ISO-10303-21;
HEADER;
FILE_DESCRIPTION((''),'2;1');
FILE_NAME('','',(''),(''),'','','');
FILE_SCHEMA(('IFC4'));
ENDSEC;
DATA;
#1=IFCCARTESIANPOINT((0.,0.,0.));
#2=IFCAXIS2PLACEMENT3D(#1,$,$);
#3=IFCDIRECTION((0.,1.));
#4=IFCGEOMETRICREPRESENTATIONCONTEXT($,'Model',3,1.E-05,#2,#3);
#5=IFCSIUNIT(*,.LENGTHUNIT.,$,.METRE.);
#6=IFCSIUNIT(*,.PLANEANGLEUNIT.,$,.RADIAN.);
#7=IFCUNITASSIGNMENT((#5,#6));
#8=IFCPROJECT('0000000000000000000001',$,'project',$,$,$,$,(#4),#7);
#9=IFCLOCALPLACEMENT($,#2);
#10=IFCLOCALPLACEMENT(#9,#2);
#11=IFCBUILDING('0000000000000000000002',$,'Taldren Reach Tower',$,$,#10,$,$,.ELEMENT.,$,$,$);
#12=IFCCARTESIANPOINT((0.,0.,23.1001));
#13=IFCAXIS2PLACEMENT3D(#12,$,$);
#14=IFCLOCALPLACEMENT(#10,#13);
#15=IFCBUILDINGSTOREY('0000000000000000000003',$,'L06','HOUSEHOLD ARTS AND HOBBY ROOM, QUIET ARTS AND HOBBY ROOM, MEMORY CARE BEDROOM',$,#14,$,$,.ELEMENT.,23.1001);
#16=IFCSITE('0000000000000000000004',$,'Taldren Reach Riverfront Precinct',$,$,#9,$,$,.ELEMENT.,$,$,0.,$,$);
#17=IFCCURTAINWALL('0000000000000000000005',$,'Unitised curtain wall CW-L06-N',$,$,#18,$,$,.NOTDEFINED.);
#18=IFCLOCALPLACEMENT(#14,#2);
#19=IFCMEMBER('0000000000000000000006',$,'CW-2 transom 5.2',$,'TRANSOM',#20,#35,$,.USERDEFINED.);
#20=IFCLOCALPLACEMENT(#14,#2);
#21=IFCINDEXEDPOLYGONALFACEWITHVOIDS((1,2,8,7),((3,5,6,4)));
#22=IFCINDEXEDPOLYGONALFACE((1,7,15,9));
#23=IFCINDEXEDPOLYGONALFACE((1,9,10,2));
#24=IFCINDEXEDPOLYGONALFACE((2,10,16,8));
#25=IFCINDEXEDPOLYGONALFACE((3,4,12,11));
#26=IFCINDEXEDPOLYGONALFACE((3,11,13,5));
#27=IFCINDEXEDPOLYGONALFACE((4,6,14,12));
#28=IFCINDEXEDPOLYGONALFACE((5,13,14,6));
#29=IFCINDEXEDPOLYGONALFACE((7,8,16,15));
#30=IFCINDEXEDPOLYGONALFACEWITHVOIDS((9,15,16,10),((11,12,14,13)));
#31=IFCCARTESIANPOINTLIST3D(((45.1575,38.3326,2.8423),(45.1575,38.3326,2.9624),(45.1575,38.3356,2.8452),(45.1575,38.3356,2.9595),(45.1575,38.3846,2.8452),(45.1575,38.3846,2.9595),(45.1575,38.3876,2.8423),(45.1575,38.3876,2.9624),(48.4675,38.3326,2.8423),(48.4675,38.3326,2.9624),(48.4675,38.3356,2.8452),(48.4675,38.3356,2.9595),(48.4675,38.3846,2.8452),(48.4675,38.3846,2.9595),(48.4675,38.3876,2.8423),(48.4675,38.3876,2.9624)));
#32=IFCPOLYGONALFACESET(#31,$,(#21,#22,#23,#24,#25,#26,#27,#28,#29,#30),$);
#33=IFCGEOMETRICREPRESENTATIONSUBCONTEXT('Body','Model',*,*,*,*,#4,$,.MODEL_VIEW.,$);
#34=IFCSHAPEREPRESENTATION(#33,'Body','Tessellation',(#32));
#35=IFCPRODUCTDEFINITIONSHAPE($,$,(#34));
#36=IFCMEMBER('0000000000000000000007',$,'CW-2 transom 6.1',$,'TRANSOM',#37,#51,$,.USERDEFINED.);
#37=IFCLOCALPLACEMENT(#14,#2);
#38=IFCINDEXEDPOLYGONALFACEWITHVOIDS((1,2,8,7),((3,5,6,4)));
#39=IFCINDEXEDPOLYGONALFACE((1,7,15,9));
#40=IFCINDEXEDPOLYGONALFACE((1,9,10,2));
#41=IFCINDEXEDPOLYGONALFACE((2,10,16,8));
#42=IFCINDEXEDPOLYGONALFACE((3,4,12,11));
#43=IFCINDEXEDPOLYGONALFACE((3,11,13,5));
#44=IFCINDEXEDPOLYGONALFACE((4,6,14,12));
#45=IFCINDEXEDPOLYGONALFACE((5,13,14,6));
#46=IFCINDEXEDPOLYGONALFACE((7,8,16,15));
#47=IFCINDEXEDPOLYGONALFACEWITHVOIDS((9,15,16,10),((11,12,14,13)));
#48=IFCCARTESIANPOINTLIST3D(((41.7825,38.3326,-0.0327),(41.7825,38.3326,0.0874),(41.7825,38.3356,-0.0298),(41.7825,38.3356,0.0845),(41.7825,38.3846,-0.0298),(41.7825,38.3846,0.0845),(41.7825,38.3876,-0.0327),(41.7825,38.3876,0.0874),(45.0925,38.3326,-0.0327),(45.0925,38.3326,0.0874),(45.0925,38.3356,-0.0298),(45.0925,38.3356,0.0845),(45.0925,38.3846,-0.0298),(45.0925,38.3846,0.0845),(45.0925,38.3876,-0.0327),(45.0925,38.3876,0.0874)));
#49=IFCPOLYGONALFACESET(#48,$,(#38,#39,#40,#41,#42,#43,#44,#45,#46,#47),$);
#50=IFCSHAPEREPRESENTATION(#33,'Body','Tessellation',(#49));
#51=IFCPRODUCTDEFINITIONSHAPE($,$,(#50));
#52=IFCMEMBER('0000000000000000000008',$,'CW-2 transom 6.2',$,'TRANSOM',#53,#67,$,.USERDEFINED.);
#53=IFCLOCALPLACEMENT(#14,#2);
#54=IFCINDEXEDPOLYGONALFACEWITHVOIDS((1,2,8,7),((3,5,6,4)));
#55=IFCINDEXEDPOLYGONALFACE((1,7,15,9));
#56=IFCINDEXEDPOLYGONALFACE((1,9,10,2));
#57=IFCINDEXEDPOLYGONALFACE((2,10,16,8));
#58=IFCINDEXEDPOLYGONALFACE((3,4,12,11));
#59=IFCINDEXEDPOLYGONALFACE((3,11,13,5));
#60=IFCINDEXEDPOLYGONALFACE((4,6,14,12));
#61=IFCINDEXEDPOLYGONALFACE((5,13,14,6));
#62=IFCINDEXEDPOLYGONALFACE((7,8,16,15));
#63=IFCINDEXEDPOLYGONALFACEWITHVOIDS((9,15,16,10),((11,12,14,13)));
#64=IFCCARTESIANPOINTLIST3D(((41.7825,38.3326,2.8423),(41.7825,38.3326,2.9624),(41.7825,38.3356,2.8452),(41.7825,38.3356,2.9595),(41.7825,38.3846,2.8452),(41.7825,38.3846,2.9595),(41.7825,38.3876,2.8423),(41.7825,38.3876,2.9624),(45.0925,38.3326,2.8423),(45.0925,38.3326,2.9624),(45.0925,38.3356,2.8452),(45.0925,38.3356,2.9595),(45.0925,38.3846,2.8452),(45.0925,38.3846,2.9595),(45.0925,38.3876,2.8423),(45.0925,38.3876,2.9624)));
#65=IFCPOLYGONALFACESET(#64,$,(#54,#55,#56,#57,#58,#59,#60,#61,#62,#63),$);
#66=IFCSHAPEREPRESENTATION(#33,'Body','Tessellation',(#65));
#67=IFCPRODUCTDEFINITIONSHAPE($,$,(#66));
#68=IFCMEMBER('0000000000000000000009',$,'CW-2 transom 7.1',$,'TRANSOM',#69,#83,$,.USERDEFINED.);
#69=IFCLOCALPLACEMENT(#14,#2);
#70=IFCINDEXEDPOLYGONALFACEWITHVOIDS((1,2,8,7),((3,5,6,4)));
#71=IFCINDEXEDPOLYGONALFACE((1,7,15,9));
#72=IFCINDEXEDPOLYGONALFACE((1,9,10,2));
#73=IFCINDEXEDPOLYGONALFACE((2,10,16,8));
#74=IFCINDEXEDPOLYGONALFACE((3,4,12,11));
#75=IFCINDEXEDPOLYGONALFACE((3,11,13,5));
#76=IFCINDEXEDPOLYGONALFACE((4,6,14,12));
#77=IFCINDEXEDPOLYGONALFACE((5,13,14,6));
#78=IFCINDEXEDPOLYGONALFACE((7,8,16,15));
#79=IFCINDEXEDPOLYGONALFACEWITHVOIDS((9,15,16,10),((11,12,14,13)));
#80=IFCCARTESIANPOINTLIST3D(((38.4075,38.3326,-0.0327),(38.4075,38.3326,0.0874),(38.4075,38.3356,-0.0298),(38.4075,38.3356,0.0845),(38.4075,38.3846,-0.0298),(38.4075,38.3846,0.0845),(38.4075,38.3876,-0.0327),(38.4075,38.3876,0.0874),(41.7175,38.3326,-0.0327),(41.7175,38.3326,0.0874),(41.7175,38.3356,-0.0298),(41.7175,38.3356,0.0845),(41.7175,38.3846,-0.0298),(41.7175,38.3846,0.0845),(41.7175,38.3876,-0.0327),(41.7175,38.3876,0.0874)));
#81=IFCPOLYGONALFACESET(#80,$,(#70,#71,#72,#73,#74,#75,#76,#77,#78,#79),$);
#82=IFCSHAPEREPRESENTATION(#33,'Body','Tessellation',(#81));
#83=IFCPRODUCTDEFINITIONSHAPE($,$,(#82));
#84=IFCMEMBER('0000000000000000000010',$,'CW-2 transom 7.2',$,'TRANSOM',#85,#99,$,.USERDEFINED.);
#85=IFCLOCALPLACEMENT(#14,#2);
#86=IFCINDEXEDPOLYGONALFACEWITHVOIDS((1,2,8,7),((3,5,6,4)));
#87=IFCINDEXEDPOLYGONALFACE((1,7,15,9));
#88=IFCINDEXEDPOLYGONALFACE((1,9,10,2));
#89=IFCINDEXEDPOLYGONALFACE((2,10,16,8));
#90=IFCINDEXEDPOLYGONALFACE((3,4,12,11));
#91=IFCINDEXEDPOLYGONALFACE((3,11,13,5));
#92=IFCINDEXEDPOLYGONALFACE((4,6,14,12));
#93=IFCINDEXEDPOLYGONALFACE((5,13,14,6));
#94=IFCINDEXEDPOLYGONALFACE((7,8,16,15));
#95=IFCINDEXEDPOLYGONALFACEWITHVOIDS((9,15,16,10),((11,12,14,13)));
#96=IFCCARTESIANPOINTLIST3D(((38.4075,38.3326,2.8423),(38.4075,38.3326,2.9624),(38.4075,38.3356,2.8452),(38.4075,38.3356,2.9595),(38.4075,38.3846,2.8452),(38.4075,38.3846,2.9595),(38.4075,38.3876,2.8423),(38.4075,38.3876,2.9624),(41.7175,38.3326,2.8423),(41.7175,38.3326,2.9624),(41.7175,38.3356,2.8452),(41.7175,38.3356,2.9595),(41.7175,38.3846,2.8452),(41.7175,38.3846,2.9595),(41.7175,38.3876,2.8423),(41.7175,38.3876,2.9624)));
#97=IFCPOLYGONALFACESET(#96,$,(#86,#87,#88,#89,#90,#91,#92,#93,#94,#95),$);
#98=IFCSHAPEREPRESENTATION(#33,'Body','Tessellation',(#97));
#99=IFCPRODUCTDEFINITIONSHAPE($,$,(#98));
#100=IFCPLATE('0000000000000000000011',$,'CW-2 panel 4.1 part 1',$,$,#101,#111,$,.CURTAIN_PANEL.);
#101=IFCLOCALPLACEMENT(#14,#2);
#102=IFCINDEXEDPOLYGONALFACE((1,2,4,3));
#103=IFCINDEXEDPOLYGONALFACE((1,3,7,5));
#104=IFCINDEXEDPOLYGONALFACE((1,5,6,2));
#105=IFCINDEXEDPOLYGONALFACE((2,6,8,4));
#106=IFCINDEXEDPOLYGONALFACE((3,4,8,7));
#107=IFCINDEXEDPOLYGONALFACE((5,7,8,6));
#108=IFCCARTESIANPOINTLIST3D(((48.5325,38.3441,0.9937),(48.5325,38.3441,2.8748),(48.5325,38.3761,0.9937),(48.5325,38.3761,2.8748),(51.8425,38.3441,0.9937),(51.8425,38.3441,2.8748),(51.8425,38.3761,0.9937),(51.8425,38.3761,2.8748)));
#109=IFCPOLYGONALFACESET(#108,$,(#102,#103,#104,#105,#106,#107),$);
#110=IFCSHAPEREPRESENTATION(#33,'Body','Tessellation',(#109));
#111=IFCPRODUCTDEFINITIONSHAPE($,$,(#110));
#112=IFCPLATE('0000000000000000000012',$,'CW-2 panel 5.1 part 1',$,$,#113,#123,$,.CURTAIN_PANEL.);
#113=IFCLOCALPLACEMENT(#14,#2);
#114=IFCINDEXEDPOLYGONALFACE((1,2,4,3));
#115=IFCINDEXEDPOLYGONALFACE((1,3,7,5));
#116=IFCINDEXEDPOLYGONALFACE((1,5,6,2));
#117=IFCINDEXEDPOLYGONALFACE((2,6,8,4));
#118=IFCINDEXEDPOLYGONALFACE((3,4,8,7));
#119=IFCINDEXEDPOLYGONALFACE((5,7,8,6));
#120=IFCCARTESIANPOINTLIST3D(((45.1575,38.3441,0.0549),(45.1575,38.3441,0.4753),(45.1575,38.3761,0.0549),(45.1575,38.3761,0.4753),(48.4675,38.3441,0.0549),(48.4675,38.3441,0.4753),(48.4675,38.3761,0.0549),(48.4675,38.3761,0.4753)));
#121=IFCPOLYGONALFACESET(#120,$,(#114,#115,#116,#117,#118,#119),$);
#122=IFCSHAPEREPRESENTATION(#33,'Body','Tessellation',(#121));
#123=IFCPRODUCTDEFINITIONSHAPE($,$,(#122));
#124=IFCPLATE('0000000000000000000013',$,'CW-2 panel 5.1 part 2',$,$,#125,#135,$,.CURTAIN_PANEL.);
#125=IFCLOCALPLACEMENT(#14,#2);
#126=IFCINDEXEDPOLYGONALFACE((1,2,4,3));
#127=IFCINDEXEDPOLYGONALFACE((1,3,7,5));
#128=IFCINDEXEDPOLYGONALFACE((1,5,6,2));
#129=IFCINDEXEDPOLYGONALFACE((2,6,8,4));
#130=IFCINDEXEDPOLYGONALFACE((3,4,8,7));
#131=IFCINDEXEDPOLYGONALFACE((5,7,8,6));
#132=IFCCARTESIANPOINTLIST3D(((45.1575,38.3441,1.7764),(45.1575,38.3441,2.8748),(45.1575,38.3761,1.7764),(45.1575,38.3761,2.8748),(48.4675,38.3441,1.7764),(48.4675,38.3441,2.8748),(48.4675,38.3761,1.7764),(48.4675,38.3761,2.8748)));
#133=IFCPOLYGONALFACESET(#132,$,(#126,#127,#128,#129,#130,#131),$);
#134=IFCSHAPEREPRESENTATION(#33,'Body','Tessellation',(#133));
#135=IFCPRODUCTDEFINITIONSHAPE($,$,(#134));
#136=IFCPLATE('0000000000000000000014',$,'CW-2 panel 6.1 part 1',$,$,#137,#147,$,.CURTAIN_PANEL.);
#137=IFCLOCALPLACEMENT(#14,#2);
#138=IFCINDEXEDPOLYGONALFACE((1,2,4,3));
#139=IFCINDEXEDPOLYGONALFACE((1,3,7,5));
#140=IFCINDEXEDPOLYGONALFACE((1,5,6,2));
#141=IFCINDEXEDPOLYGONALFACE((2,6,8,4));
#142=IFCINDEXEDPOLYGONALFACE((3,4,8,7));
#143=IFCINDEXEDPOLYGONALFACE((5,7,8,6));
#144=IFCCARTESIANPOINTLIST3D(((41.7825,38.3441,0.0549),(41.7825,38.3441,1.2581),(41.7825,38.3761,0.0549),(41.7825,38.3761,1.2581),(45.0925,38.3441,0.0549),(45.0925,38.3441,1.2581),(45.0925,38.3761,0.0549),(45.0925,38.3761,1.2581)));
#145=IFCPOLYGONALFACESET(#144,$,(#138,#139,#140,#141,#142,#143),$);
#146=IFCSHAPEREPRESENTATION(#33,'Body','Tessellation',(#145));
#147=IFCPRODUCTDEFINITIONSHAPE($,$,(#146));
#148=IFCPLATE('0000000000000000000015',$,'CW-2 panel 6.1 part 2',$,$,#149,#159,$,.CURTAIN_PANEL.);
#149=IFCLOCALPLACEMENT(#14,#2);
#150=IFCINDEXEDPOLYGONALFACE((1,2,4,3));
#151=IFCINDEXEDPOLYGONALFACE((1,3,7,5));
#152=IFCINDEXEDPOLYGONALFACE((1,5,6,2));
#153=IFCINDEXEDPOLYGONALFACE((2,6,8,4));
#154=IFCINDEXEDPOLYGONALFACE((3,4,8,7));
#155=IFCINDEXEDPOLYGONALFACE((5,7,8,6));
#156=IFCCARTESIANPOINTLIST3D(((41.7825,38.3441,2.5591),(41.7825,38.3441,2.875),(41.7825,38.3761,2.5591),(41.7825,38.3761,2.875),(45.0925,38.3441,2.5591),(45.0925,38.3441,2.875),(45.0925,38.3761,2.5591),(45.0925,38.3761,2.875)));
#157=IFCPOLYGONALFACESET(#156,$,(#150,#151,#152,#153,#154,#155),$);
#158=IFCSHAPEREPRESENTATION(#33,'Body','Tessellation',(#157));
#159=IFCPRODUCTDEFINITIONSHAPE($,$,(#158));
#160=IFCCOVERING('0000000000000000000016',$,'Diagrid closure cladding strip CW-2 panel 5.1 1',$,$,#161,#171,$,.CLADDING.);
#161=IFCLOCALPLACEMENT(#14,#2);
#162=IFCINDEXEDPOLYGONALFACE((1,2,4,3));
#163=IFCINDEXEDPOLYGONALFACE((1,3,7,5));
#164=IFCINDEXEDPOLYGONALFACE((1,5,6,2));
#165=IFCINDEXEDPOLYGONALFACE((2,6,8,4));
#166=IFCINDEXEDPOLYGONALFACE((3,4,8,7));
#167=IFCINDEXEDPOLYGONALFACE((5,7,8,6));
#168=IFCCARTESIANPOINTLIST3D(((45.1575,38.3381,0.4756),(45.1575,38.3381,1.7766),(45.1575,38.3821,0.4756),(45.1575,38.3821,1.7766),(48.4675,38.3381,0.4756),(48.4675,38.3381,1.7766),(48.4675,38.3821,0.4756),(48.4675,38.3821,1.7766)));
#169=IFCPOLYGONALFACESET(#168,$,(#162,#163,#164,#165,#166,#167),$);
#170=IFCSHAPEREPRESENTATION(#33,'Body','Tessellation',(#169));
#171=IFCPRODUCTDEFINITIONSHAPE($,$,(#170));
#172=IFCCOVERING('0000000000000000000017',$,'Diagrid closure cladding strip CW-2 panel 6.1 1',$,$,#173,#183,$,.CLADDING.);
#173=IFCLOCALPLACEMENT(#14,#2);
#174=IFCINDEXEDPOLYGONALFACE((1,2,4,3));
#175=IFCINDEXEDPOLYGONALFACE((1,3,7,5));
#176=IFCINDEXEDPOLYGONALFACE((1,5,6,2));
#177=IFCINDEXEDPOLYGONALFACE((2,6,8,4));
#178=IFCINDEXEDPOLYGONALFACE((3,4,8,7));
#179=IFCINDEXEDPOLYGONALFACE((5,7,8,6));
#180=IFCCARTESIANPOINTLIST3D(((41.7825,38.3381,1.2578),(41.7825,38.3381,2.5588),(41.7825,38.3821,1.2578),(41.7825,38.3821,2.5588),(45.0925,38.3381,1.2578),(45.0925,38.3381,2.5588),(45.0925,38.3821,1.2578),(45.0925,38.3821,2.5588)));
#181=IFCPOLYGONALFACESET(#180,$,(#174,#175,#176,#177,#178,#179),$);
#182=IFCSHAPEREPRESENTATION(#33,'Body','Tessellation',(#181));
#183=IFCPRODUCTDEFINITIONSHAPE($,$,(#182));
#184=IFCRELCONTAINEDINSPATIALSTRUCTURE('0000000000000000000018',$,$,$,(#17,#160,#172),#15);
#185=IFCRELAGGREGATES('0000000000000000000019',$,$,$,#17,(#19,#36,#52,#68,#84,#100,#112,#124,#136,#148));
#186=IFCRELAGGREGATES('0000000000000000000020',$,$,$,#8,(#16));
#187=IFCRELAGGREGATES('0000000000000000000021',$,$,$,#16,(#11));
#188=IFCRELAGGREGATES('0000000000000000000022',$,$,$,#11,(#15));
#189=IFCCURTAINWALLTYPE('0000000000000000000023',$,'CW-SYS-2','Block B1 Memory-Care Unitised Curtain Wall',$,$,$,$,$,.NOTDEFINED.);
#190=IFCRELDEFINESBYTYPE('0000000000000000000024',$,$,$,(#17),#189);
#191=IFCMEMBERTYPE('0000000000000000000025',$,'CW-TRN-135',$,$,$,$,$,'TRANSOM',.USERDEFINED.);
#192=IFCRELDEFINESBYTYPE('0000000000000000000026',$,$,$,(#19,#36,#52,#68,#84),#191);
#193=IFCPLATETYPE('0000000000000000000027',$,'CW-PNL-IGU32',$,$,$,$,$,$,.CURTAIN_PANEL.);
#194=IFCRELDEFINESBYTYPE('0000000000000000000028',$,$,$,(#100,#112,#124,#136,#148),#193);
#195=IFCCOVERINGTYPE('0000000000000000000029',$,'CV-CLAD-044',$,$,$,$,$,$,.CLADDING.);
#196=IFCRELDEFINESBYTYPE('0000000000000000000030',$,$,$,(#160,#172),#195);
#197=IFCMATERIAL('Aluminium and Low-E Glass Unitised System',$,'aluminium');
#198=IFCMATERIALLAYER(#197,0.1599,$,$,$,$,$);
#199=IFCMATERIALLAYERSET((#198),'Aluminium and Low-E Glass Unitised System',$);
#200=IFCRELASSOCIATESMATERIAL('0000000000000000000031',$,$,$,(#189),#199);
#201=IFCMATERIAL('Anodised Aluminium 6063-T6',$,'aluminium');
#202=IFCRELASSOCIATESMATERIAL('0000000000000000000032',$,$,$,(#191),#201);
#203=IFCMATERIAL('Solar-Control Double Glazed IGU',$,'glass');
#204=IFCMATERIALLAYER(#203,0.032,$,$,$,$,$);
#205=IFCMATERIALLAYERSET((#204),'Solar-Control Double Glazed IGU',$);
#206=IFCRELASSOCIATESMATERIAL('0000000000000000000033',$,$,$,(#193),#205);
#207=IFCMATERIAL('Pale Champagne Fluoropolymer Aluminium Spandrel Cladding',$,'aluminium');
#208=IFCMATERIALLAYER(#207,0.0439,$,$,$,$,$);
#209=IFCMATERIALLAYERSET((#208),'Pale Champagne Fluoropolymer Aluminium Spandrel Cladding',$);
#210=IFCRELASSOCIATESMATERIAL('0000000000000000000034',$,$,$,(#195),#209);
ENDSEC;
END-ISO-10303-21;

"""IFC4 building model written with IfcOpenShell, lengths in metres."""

from ifc_helpers import new_model, si_unit, direction, frame, origin, origin_2d, place, context, subcontext, project, spatial, rectangle, hollow_rectangle, extrude, source, transform, mapped, material, layer, layer_set, material_profile, profile_set, type_object, element, aggregate, save


model = new_model("IFC4")

# Units and contexts
model_context = context("Model", 3, precision=1e-05, world=origin(), true_north=direction((0.0, 1.0)))
body_context = subcontext(model_context, "Body", "Model", "MODEL_VIEW")
ifc_project = project(units=[si_unit("LENGTHUNIT", "METRE"), si_unit("PLANEANGLEUNIT", "RADIAN")], contexts=[model_context])

# Site, building, storey
site_placement = place(None, origin())
site = spatial("IfcSite", under=ifc_project, at=site_placement, Name="Taldren Reach Riverfront Precinct", CompositionType="ELEMENT", RefElevation=0.0)
building_placement = place(site_placement, origin())
building = spatial("IfcBuilding", under=site, at=building_placement, Name="Taldren Reach Tower", CompositionType="ELEMENT")
storey_placement = place(building_placement, frame((0.0, 0.0, 23.1001)))
storey = spatial("IfcBuildingStorey", under=building, at=storey_placement, Name="L06", Description="HOUSEHOLD ARTS AND HOBBY ROOM, QUIET ARTS AND HOBBY ROOM, MEMORY CARE BEDROOM", CompositionType="ELEMENT", Elevation=23.1001)

# Curtain wall, members, plates
ifc_material_1 = material(Name="Aluminium and Low-E Glass Unitised System", Category="aluminium")
ifc_layer_1 = layer(ifc_material_1, 0.1599)
ifc_layer_set_1 = layer_set([ifc_layer_1], Name="Aluminium and Low-E Glass Unitised System")
curtain_wall_type = type_object("IfcCurtainWallType", Name="CW-SYS-2", Description="Block B1 Memory-Care Unitised Curtain Wall", PredefinedType="NOTDEFINED", material=ifc_layer_set_1)
curtain_wall_placement = place(storey_placement, origin())
curtain_wall = element("IfcCurtainWall", 1, at=curtain_wall_placement, inside=storey, type_object=curtain_wall_type, Name="Unitised curtain wall CW-L06-N", PredefinedType="NOTDEFINED")
ifc_material_2 = material(Name="Anodised Aluminium 6063-T6", Category="aluminium")
ifc_material_profile_1 = material_profile(ifc_material_2, hollow_rectangle(XDim=0.0549, YDim=0.1201, WallThickness=0.0029, at=origin_2d()), Name="ALU-120x55x3RHS")
ifc_profile_set_1 = profile_set([ifc_material_profile_1], Name="Anodised Aluminium 6063-T6")
member_type_1 = type_object("IfcMemberType", Name="CW-TRN-135", ElementType="TRANSOM", PredefinedType="USERDEFINED", material=ifc_profile_set_1)
shared_shape_1 = source(origin(), body_context, "Body", "SweptSolid", [
    extrude(hollow_rectangle(XDim=0.0549, YDim=0.1201, WallThickness=0.0029, at=origin_2d()), origin(), (0.0, 0.0, 1.0), 3.3101),
])
member_1_placement = place(storey_placement, frame((48.4675, 38.3601, 2.9023), z_axis=(-1.0, 0.0, 0.0), x_axis=(0.0, -1.0, 0.0)))
member_1 = element("IfcMember", 2, at=member_1_placement, type_object=member_type_1, Name="CW-2 transom 5.2", ObjectType="TRANSOM", PredefinedType="USERDEFINED", context=body_context, shape_type="MappedRepresentation", body=[
    mapped(shared_shape_1, transform((0.0, 0.0, 0.0), scale=1.0)),
])
member_2_placement = place(storey_placement, frame((45.0925, 38.3601, 0.0273), z_axis=(-1.0, 0.0, 0.0), x_axis=(0.0, -1.0, 0.0)))
member_2 = element("IfcMember", 3, at=member_2_placement, type_object=member_type_1, Name="CW-2 transom 6.1", ObjectType="TRANSOM", PredefinedType="USERDEFINED", context=body_context, shape_type="MappedRepresentation", body=[
    mapped(shared_shape_1, transform((0.0, 0.0, 0.0), scale=1.0)),
])
member_3_placement = place(storey_placement, frame((45.0925, 38.3601, 2.9023), z_axis=(-1.0, 0.0, 0.0), x_axis=(0.0, -1.0, 0.0)))
member_3 = element("IfcMember", 4, at=member_3_placement, type_object=member_type_1, Name="CW-2 transom 6.2", ObjectType="TRANSOM", PredefinedType="USERDEFINED", context=body_context, shape_type="MappedRepresentation", body=[
    mapped(shared_shape_1, transform((0.0, 0.0, 0.0), scale=1.0)),
])
member_4_placement = place(storey_placement, frame((41.7175, 38.3601, 0.0273), z_axis=(-1.0, 0.0, 0.0), x_axis=(0.0, -1.0, 0.0)))
member_4 = element("IfcMember", 5, at=member_4_placement, type_object=member_type_1, Name="CW-2 transom 7.1", ObjectType="TRANSOM", PredefinedType="USERDEFINED", context=body_context, shape_type="MappedRepresentation", body=[
    mapped(shared_shape_1, transform((0.0, 0.0, 0.0), scale=1.0)),
])
member_5_placement = place(storey_placement, frame((41.7175, 38.3601, 2.9023), z_axis=(-1.0, 0.0, 0.0), x_axis=(0.0, -1.0, 0.0)))
member_5 = element("IfcMember", 6, at=member_5_placement, type_object=member_type_1, Name="CW-2 transom 7.2", ObjectType="TRANSOM", PredefinedType="USERDEFINED", context=body_context, shape_type="MappedRepresentation", body=[
    mapped(shared_shape_1, transform((0.0, 0.0, 0.0), scale=1.0)),
])
ifc_material_3 = material(Name="Solar-Control Double Glazed IGU", Category="glass")
ifc_layer_2 = layer(ifc_material_3, 0.032)
ifc_layer_set_2 = layer_set([ifc_layer_2], Name="Solar-Control Double Glazed IGU")
plate_type = type_object("IfcPlateType", Name="CW-PNL-IGU32", PredefinedType="CURTAIN_PANEL", material=ifc_layer_set_2)
shared_shape_2 = source(origin(), body_context, "Body", "SweptSolid", [
    extrude(rectangle(XDim=3.3101, YDim=0.032, at=origin_2d()), origin(), (0.0, 0.0, 1.0), 1.8811),
])
plate_1_placement = place(storey_placement, frame((50.1875, 38.3601, 0.9937), z_axis=(0.0, 0.0, 1.0), x_axis=(-1.0, 0.0, 0.0)))
plate_1 = element("IfcPlate", 7, at=plate_1_placement, type_object=plate_type, Name="CW-2 panel 4.1 part 1", PredefinedType="CURTAIN_PANEL", context=body_context, shape_type="MappedRepresentation", body=[
    mapped(shared_shape_2, transform((0.0, 0.0, 0.0), scale=1.0)),
])
shared_shape_3 = source(origin(), body_context, "Body", "SweptSolid", [
    extrude(rectangle(XDim=3.3101, YDim=0.032, at=origin_2d()), origin(), (0.0, 0.0, 1.0), 0.4204),
])
plate_2_placement = place(storey_placement, frame((46.8125, 38.3601, 0.0549), z_axis=(0.0, 0.0, 1.0), x_axis=(-1.0, 0.0, 0.0)))
plate_2 = element("IfcPlate", 8, at=plate_2_placement, type_object=plate_type, Name="CW-2 panel 5.1 part 1", PredefinedType="CURTAIN_PANEL", context=body_context, shape_type="MappedRepresentation", body=[
    mapped(shared_shape_3, transform((0.0, 0.0, 0.0), scale=1.0)),
])
shared_shape_4 = source(origin(), body_context, "Body", "SweptSolid", [
    extrude(rectangle(XDim=3.3101, YDim=0.032, at=origin_2d()), origin(), (0.0, 0.0, 1.0), 1.0984),
])
plate_3_placement = place(storey_placement, frame((46.8125, 38.3601, 1.7764), z_axis=(0.0, 0.0, 1.0), x_axis=(-1.0, 0.0, 0.0)))
plate_3 = element("IfcPlate", 9, at=plate_3_placement, type_object=plate_type, Name="CW-2 panel 5.1 part 2", PredefinedType="CURTAIN_PANEL", context=body_context, shape_type="MappedRepresentation", body=[
    mapped(shared_shape_4, transform((0.0, 0.0, 0.0), scale=1.0)),
])
shared_shape_5 = source(origin(), body_context, "Body", "SweptSolid", [
    extrude(rectangle(XDim=3.3101, YDim=0.032, at=origin_2d()), origin(), (0.0, 0.0, 1.0), 1.2031),
])
plate_4_placement = place(storey_placement, frame((43.4375, 38.3601, 0.0549), z_axis=(0.0, 0.0, 1.0), x_axis=(-1.0, 0.0, 0.0)))
plate_4 = element("IfcPlate", 10, at=plate_4_placement, type_object=plate_type, Name="CW-2 panel 6.1 part 1", PredefinedType="CURTAIN_PANEL", context=body_context, shape_type="MappedRepresentation", body=[
    mapped(shared_shape_5, transform((0.0, 0.0, 0.0), scale=1.0)),
])
shared_shape_6 = source(origin(), body_context, "Body", "SweptSolid", [
    extrude(rectangle(XDim=3.3101, YDim=0.032, at=origin_2d()), origin(), (0.0, 0.0, 1.0), 0.3159),
])
plate_5_placement = place(storey_placement, frame((43.4375, 38.3601, 2.5591), z_axis=(0.0, 0.0, 1.0), x_axis=(-1.0, 0.0, 0.0)))
plate_5 = element("IfcPlate", 11, at=plate_5_placement, type_object=plate_type, Name="CW-2 panel 6.1 part 2", PredefinedType="CURTAIN_PANEL", context=body_context, shape_type="MappedRepresentation", body=[
    mapped(shared_shape_6, transform((0.0, 0.0, 0.0), scale=1.0)),
])
aggregate(curtain_wall, [member_1, member_2, member_3, member_4, member_5, plate_1, plate_2, plate_3, plate_4, plate_5])

# Coverings
ifc_material_4 = material(Name="Pale Champagne Fluoropolymer Aluminium Spandrel Cladding", Category="aluminium")
ifc_layer_3 = layer(ifc_material_4, 0.0439)
ifc_layer_set_3 = layer_set([ifc_layer_3], Name="Pale Champagne Fluoropolymer Aluminium Spandrel Cladding")
covering_type = type_object("IfcCoveringType", Name="CV-CLAD-044", PredefinedType="CLADDING", material=ifc_layer_set_3)
shared_shape_7 = source(origin(), body_context, "Body", "SweptSolid", [
    extrude(rectangle(XDim=3.3101, YDim=0.0439, at=origin_2d()), origin(), (0.0, 0.0, 1.0), 1.301),
])
for number, where, z_axis, x_axis, name in (
    (12, (46.8125, 38.3601, 0.4756), (0.0, 0.0, 1.0), (-1.0, 0.0, 0.0), "Diagrid closure cladding strip CW-2 panel 5.1 1"),
    (13, (43.4375, 38.3601, 1.2578), (0.0, 0.0, 1.0), (-1.0, 0.0, 0.0), "Diagrid closure cladding strip CW-2 panel 6.1 1"),
):
    element("IfcCovering", number, at=place(storey_placement, frame(where, z_axis=z_axis, x_axis=x_axis)), inside=storey, type_object=covering_type, Name=name, PredefinedType="CLADDING", context=body_context, shape_type="MappedRepresentation", body=[
        mapped(shared_shape_7, transform((0.0, 0.0, 0.0), scale=1.0)),
    ])

save(model, "model.ifc")
